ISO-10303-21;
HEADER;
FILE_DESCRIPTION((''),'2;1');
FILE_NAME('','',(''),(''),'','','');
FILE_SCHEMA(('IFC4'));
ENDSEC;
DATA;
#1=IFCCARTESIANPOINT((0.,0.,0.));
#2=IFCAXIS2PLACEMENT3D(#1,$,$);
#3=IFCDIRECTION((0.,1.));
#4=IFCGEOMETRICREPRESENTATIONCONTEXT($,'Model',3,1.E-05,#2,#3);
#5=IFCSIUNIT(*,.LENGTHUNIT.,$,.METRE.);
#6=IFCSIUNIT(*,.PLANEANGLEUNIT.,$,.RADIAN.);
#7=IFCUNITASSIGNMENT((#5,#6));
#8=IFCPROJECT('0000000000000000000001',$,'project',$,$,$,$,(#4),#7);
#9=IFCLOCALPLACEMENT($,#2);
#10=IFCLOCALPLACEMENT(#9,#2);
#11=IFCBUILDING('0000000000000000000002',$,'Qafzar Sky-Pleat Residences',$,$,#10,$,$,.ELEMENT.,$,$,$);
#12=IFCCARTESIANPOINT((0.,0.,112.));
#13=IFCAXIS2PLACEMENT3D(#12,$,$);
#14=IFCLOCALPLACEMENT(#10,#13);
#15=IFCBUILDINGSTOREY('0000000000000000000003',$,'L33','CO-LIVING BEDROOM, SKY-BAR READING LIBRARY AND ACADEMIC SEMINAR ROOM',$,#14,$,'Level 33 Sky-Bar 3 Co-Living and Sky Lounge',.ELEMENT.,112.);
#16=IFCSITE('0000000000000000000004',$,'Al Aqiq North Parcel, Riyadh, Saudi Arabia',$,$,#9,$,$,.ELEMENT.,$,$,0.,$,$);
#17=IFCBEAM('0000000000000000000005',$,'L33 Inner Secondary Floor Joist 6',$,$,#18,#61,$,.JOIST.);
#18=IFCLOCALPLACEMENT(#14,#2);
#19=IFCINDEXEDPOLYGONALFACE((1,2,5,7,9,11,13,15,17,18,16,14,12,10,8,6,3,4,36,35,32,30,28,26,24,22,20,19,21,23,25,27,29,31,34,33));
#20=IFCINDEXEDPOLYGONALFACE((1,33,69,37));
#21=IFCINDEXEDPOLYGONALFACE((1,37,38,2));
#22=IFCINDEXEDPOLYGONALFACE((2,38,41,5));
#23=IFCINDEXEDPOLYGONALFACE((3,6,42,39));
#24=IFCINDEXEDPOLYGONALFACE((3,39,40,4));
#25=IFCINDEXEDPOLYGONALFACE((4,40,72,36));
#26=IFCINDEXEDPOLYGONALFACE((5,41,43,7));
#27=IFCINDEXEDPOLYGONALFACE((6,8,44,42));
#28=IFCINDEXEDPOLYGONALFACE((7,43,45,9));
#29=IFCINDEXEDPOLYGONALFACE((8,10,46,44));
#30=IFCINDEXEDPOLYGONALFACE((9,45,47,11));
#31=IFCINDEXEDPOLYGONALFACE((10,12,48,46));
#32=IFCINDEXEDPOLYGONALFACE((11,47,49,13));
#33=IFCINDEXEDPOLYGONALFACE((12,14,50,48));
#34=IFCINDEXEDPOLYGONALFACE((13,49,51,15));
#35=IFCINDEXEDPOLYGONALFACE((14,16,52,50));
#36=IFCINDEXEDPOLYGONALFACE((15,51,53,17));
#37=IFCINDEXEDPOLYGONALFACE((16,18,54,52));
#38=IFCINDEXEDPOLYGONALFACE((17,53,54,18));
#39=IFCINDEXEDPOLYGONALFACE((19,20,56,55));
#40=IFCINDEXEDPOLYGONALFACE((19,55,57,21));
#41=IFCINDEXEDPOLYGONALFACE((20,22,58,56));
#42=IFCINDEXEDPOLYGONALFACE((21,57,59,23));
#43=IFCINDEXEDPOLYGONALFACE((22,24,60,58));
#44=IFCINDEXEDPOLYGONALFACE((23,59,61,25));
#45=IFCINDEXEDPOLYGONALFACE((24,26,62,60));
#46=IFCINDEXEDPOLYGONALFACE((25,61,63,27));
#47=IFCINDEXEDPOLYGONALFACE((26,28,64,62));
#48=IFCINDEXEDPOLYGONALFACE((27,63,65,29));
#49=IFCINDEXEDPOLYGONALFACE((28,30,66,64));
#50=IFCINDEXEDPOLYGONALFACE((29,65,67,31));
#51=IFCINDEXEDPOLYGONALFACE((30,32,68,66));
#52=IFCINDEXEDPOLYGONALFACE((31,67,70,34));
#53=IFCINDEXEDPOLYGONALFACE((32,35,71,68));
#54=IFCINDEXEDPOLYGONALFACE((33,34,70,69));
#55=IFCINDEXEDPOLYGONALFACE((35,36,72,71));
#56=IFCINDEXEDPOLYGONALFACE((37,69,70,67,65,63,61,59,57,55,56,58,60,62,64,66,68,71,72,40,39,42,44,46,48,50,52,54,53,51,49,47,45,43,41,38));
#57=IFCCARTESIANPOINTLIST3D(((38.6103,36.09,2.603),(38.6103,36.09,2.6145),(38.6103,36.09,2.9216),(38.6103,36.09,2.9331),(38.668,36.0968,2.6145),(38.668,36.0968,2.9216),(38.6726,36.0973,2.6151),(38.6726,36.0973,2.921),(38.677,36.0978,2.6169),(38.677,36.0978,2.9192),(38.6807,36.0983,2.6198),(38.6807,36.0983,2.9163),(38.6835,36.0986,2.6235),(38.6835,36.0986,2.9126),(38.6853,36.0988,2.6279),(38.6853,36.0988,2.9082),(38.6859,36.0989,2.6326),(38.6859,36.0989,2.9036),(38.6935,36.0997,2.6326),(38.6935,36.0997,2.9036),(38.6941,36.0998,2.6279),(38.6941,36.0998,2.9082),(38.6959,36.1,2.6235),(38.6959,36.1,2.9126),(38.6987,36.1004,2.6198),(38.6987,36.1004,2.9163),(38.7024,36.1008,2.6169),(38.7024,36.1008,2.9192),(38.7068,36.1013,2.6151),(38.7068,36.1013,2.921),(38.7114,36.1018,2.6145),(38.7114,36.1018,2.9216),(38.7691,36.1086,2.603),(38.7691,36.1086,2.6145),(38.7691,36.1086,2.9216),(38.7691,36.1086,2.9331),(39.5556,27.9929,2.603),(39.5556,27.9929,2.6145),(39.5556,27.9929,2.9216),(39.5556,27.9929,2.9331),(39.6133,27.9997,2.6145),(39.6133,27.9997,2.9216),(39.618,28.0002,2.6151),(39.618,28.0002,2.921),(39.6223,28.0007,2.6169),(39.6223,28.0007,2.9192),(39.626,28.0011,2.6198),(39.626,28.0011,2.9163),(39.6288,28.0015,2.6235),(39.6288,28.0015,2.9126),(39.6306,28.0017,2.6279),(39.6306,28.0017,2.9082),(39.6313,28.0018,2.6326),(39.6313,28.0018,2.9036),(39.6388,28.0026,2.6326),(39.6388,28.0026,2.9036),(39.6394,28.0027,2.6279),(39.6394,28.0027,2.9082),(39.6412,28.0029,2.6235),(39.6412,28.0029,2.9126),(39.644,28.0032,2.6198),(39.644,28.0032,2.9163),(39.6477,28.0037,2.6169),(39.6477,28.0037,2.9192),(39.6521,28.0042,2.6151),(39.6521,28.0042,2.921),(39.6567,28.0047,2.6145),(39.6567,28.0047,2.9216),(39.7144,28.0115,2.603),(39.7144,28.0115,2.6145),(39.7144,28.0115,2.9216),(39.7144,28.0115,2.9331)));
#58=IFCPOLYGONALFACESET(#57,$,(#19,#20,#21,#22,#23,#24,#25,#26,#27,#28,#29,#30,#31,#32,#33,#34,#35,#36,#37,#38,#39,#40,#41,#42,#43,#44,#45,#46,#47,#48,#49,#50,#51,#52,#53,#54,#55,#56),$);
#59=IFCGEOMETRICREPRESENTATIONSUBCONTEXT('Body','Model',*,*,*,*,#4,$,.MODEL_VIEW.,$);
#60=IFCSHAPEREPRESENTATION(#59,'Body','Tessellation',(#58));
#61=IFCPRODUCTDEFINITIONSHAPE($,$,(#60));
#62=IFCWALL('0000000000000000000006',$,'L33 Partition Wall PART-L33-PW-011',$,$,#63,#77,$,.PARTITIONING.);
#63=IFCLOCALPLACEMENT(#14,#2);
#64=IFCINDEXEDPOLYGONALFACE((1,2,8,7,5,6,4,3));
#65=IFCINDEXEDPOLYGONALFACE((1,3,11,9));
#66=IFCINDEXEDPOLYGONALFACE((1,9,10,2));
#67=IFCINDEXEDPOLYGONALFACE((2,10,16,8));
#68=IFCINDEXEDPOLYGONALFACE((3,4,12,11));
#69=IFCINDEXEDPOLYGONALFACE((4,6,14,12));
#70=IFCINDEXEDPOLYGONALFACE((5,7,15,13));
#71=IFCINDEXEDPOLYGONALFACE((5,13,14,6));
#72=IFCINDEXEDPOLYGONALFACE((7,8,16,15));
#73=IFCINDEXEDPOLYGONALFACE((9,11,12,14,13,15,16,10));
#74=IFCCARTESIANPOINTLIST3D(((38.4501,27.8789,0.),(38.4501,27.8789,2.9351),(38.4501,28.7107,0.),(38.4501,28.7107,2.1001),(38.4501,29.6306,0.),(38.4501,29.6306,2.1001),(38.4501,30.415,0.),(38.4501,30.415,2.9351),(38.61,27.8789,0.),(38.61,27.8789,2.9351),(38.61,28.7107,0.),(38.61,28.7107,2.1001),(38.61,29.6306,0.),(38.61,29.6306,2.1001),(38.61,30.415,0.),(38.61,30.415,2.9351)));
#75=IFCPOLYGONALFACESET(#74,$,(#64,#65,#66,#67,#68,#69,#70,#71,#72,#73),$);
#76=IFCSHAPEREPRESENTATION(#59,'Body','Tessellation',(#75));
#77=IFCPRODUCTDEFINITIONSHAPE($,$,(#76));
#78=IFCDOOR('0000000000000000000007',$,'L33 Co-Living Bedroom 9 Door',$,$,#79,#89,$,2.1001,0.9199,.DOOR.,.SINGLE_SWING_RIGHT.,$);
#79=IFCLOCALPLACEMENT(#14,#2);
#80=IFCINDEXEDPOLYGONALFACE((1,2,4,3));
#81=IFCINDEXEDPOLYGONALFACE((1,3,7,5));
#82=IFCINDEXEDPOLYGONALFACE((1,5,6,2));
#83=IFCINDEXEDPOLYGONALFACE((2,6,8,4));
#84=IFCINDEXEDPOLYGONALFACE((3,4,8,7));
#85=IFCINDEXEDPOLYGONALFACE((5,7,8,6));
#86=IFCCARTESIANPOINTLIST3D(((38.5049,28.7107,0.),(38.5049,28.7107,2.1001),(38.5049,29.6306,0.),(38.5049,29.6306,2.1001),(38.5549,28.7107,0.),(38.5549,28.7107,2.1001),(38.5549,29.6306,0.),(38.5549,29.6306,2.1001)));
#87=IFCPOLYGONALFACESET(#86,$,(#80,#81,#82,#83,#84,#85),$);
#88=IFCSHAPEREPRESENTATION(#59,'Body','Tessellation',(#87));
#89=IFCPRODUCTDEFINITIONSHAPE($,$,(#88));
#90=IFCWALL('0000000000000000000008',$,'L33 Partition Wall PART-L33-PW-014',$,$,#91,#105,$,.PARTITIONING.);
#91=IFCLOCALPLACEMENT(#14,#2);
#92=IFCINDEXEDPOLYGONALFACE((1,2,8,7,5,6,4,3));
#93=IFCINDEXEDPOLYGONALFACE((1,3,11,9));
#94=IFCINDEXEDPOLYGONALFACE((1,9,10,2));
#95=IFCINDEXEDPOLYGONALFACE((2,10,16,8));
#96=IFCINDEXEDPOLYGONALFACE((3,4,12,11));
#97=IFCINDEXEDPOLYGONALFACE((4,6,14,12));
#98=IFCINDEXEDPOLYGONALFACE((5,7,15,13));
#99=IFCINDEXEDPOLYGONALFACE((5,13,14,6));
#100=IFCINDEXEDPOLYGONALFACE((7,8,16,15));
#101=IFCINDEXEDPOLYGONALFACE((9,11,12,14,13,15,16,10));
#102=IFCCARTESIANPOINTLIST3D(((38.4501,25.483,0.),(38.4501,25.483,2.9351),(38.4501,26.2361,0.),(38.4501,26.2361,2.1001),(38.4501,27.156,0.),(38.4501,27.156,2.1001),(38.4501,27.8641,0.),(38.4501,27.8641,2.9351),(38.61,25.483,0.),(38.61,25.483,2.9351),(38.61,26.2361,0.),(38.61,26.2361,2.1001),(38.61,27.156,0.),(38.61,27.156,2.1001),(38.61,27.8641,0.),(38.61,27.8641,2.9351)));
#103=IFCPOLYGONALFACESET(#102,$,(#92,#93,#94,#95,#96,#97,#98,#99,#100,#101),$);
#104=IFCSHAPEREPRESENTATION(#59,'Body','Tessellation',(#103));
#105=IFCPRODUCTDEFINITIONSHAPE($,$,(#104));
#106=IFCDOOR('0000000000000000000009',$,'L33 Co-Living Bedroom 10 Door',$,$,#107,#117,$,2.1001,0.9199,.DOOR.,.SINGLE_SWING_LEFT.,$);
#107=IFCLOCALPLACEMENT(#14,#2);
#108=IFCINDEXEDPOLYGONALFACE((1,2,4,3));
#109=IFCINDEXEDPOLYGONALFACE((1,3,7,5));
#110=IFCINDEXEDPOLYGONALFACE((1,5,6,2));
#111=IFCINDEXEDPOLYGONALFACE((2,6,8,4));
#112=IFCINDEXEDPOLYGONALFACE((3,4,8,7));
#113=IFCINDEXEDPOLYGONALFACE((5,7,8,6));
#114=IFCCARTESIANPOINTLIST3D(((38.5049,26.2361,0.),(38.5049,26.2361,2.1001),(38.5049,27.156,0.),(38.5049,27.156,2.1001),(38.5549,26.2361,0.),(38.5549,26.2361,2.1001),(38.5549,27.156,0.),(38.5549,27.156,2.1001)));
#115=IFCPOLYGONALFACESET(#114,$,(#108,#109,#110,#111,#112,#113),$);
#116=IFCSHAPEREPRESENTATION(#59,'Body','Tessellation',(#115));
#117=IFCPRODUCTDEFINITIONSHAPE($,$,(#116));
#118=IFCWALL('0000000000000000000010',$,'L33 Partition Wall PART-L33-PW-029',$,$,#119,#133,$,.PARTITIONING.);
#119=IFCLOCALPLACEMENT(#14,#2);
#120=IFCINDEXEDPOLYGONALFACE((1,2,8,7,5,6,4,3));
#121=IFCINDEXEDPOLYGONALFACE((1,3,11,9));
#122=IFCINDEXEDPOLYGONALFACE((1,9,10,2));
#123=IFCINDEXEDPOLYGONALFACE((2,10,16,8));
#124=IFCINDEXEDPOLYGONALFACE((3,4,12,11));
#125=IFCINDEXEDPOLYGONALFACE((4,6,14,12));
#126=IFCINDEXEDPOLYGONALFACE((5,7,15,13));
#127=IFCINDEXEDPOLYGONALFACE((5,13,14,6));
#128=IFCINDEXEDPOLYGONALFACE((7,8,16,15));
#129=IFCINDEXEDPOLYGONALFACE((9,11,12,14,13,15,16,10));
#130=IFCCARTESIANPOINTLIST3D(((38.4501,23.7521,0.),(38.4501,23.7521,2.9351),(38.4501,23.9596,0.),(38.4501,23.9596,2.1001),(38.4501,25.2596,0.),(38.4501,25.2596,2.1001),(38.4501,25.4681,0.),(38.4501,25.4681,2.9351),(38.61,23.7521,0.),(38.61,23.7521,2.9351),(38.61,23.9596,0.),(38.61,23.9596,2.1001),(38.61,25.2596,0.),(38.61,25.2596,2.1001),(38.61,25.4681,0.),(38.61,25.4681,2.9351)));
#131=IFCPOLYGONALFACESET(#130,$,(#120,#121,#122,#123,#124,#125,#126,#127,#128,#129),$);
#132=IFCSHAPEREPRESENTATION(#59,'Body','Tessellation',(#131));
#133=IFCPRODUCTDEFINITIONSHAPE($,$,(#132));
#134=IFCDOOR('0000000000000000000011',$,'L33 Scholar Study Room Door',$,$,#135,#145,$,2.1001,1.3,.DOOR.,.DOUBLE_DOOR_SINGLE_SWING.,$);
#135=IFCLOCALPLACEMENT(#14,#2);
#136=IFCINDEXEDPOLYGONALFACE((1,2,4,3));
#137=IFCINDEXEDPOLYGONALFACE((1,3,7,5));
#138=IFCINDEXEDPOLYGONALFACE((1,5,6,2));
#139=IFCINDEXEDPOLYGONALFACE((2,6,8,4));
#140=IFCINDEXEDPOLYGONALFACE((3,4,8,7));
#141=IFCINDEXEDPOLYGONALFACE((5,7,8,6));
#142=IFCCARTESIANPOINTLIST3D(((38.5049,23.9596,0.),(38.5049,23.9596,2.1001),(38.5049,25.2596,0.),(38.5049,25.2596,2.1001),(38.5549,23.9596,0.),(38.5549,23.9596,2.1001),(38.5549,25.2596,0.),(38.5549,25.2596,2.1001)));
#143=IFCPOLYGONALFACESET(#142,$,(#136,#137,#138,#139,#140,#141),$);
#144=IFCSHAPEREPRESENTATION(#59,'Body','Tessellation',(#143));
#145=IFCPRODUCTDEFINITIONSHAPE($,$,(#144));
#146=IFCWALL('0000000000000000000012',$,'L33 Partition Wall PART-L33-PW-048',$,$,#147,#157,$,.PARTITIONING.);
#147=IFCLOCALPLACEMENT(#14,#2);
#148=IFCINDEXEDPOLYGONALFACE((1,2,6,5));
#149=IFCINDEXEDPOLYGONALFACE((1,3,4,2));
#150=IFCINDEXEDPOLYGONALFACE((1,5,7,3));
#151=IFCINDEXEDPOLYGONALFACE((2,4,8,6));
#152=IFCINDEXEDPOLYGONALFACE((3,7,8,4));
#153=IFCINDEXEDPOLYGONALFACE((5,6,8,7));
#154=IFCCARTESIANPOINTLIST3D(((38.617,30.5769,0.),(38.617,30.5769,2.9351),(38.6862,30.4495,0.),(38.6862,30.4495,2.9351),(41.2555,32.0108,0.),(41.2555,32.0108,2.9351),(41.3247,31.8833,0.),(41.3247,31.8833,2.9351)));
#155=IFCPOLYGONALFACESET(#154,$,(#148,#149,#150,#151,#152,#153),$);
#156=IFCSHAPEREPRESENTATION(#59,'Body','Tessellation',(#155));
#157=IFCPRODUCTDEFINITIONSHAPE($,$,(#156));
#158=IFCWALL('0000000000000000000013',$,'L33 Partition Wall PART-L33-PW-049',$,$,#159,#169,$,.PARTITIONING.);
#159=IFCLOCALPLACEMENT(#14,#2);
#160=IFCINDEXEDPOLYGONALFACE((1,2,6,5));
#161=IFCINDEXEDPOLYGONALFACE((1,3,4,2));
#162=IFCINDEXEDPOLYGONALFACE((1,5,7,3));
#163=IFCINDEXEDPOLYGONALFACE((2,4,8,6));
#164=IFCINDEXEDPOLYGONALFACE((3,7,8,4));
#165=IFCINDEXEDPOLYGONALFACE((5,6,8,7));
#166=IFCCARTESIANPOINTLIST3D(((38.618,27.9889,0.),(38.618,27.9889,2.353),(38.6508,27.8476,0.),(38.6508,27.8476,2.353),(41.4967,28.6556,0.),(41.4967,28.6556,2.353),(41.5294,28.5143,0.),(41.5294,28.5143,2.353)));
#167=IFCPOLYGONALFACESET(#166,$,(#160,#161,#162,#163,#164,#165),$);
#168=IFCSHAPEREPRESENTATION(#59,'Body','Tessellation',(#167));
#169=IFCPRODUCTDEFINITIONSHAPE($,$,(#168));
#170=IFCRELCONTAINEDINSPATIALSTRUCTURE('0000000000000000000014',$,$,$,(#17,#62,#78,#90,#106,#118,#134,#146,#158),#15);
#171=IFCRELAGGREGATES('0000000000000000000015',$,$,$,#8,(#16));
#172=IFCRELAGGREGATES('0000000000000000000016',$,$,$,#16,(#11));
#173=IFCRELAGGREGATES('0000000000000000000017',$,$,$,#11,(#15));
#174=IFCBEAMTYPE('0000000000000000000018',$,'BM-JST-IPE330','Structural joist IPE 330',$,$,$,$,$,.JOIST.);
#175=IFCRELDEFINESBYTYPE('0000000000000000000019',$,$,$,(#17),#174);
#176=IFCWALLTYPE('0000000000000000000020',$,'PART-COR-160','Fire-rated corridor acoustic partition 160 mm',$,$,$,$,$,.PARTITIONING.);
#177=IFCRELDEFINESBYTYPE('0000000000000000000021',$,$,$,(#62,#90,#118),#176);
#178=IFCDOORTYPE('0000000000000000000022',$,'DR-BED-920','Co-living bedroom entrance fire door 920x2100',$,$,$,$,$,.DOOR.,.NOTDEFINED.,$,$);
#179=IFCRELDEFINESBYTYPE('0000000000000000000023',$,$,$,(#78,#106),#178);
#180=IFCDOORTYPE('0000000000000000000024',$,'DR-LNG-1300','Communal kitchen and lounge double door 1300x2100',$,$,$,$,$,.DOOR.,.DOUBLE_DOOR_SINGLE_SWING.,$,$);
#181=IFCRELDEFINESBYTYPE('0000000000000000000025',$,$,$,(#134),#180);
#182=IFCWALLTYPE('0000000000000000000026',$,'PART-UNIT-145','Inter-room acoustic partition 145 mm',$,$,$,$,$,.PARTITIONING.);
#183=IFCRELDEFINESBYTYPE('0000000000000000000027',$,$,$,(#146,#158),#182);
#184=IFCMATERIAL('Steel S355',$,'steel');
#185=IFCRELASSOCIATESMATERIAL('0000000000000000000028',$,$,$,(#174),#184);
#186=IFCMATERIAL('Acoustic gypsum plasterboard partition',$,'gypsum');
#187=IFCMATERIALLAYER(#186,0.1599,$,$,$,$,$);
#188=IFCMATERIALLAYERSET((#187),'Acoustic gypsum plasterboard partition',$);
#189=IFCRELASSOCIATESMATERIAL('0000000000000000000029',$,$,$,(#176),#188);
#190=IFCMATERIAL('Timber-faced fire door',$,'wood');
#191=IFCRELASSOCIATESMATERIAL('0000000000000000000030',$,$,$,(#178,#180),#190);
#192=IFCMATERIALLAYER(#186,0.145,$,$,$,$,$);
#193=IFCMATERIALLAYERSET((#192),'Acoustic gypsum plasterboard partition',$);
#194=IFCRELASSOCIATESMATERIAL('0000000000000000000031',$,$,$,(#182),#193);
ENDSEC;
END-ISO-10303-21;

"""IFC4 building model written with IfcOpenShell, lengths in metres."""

from ifc_helpers import new_model, si_unit, direction, frame, frame_2d, origin, origin_2d, place, context, subcontext, project, spatial, rectangle, i_section, extrude, source, transform, mapped, material, layer, layer_set, material_profile, profile_set, type_object, element, fill, save


model = new_model("IFC4")

# Units and contexts
model_context = context("Model", 3, precision=1e-05, world=origin(), true_north=direction((0.0, 1.0)))
body_context = subcontext(model_context, "Body", "Model", "MODEL_VIEW")
ifc_project = project(units=[si_unit("LENGTHUNIT", "METRE"), si_unit("PLANEANGLEUNIT", "RADIAN")], contexts=[model_context])

# Site, building, storey
site_placement = place(None, origin())
site = spatial("IfcSite", under=ifc_project, at=site_placement, Name="Al Aqiq North Parcel, Riyadh, Saudi Arabia", CompositionType="ELEMENT", RefElevation=0.0)
building_placement = place(site_placement, origin())
building = spatial("IfcBuilding", under=site, at=building_placement, Name="Qafzar Sky-Pleat Residences", CompositionType="ELEMENT")
storey_placement = place(building_placement, frame((0.0, 0.0, 112.0)))
storey = spatial("IfcBuildingStorey", under=building, at=storey_placement, Name="L33", Description="CO-LIVING BEDROOM, SKY-BAR READING LIBRARY AND ACADEMIC SEMINAR ROOM", LongName="Level 33 Sky-Bar 3 Co-Living and Sky Lounge", CompositionType="ELEMENT", Elevation=112.0)

# Beam
ifc_material_1 = material(Name="Steel S355", Category="steel")
ifc_material_profile = material_profile(ifc_material_1, i_section(OverallWidth=0.1599, OverallDepth=0.3301, WebThickness=0.0076, FlangeThickness=0.0115, FilletRadius=0.0181, at=origin_2d()), Name="IPE 330")
ifc_profile_set = profile_set([ifc_material_profile], Name="Steel S355")
beam_type = type_object("IfcBeamType", Name="BM-JST-IPE330", Description="Structural joist IPE 330", PredefinedType="JOIST", material=ifc_profile_set)
shared_shape_1 = source(origin(), body_context, "Body", "SweptSolid", [
    extrude(i_section(OverallWidth=0.1599, OverallDepth=0.3301, WebThickness=0.0076, FlangeThickness=0.0115, FilletRadius=0.0181, at=origin_2d()), origin(), (0.0, 0.0, 1.0), 8.1521),
])
beam_placement = place(storey_placement, frame((39.635, 28.0022, 2.7681), z_axis=(-0.115959, 0.993254, 0.0), x_axis=(-0.993254, -0.115959, 0.0)))
element("IfcBeam", 1, at=beam_placement, inside=storey, type_object=beam_type, Name="L33 Inner Secondary Floor Joist 6", PredefinedType="JOIST", context=body_context, shape_type="MappedRepresentation", body=[
    mapped(shared_shape_1, transform((0.0, 0.0, 0.0), x_axis=(1.0, 0.0, 0.0), y_axis=(0.0, 1.0, 0.0), z_axis=(0.0, 0.0, 1.0), scale=1.0)),
])

# Walls, openings, doors
ifc_material_2 = material(Name="Acoustic gypsum plasterboard partition", Category="gypsum")
ifc_layer_1 = layer(ifc_material_2, 0.1599)
ifc_layer_set_1 = layer_set([ifc_layer_1], Name="Acoustic gypsum plasterboard partition")
wall_type_1 = type_object("IfcWallType", Name="PART-COR-160", Description="Fire-rated corridor acoustic partition 160 mm", PredefinedType="PARTITIONING", material=ifc_layer_set_1)
wall_1_placement = place(storey_placement, frame((38.53, 30.415, 0.0), z_axis=(0.0, 0.0, 1.0), x_axis=(0.0, -1.0, 0.0)))
wall_1 = element("IfcWall", 2, at=wall_1_placement, inside=storey, type_object=wall_type_1, Name="L33 Partition Wall PART-L33-PW-011", PredefinedType="PARTITIONING", context=body_context, shape_type="SweptSolid", body=[
    extrude(rectangle(XDim=2.5361, YDim=0.1599, at=frame_2d((1.2681, 0.0))), origin(), (0.0, 0.0, 1.0), 2.9351),
])
opening_1_placement = place(wall_1_placement, frame((0.7844, 0.0, 0.0)))
opening_1 = element("IfcOpeningElement", 3, at=opening_1_placement, cuts=wall_1, PredefinedType="OPENING", context=body_context, shape_type="SweptSolid", body=[
    extrude(rectangle(XDim=0.9199, YDim=2.1001, at=frame_2d((0.46, 1.05))), frame((0.0, 0.0898, 0.0), z_axis=(0.0, -1.0, 0.0), x_axis=(1.0, 0.0, 0.0)), (0.0, 0.0, 1.0), 0.1799),
])
ifc_material_3 = material(Name="Timber-faced fire door", Category="wood")
door_type_1 = type_object("IfcDoorType", Name="DR-BED-920", Description="Co-living bedroom entrance fire door 920x2100", OperationType="NOTDEFINED", PredefinedType="DOOR", material=ifc_material_3)
shared_shape_2 = source(origin(), body_context, "Body", "SweptSolid", [
    extrude(rectangle(XDim=0.9199, YDim=2.1001, at=frame_2d((0.46, 1.05))), frame((0.0, 0.0249, 0.0), z_axis=(0.0, -1.0, 0.0), x_axis=(1.0, 0.0, 0.0)), (0.0, 0.0, 1.0), 0.05),
])
door_1_placement = place(opening_1_placement, origin())
door_1 = element("IfcDoor", 4, at=door_1_placement, inside=storey, type_object=door_type_1, Name="L33 Co-Living Bedroom 9 Door", OperationType="SINGLE_SWING_RIGHT", OverallHeight=2.1001, OverallWidth=0.9199, PredefinedType="DOOR", context=body_context, shape_type="MappedRepresentation", body=[
    mapped(shared_shape_2, transform((0.0, 0.0, 0.0), x_axis=(1.0, 0.0, 0.0), y_axis=(0.0, 1.0, 0.0), z_axis=(0.0, 0.0, 1.0), scale=1.0)),
])
fill(opening_1, door_1)
wall_2_placement = place(storey_placement, frame((38.53, 27.864, 0.0), z_axis=(0.0, 0.0, 1.0), x_axis=(0.0, -1.0, 0.0)))
wall_2 = element("IfcWall", 5, at=wall_2_placement, inside=storey, type_object=wall_type_1, Name="L33 Partition Wall PART-L33-PW-014", PredefinedType="PARTITIONING", context=body_context, shape_type="SweptSolid", body=[
    extrude(rectangle(XDim=2.3811, YDim=0.1599, at=frame_2d((1.1904, 0.0))), origin(), (0.0, 0.0, 1.0), 2.9351),
])
opening_2_placement = place(wall_2_placement, frame((0.708, 0.0, 0.0)))
opening_2 = element("IfcOpeningElement", 6, at=opening_2_placement, cuts=wall_2, PredefinedType="OPENING", context=body_context, shape_type="SweptSolid", body=[
    extrude(rectangle(XDim=0.9199, YDim=2.1001, at=frame_2d((0.46, 1.05))), frame((0.0, 0.0898, 0.0), z_axis=(0.0, -1.0, 0.0), x_axis=(1.0, 0.0, 0.0)), (0.0, 0.0, 1.0), 0.1799),
])
door_2_placement = place(opening_2_placement, origin())
door_2 = element("IfcDoor", 7, at=door_2_placement, inside=storey, type_object=door_type_1, Name="L33 Co-Living Bedroom 10 Door", OperationType="SINGLE_SWING_LEFT", OverallHeight=2.1001, OverallWidth=0.9199, PredefinedType="DOOR", context=body_context, shape_type="MappedRepresentation", body=[
    mapped(shared_shape_2, transform((0.0, 0.0, 0.0), x_axis=(1.0, 0.0, 0.0), y_axis=(0.0, 1.0, 0.0), z_axis=(0.0, 0.0, 1.0), scale=1.0)),
])
fill(opening_2, door_2)
wall_3_placement = place(storey_placement, frame((38.53, 25.468, 0.0), z_axis=(0.0, 0.0, 1.0), x_axis=(0.0, -1.0, 0.0)))
wall_3 = element("IfcWall", 8, at=wall_3_placement, inside=storey, type_object=wall_type_1, Name="L33 Partition Wall PART-L33-PW-029", PredefinedType="PARTITIONING", context=body_context, shape_type="SweptSolid", body=[
    extrude(rectangle(XDim=1.7161, YDim=0.1599, at=frame_2d((0.8579, 0.0))), origin(), (0.0, 0.0, 1.0), 2.9351),
])
opening_3_placement = place(wall_3_placement, frame((0.2085, 0.0, 0.0)))
opening_3 = element("IfcOpeningElement", 9, at=opening_3_placement, cuts=wall_3, PredefinedType="OPENING", context=body_context, shape_type="SweptSolid", body=[
    extrude(rectangle(XDim=1.3, YDim=2.1001, at=frame_2d((0.6499, 1.05))), frame((0.0, 0.0898, 0.0), z_axis=(0.0, -1.0, 0.0), x_axis=(1.0, 0.0, 0.0)), (0.0, 0.0, 1.0), 0.1799),
])
door_type_2 = type_object("IfcDoorType", Name="DR-LNG-1300", Description="Communal kitchen and lounge double door 1300x2100", OperationType="DOUBLE_DOOR_SINGLE_SWING", PredefinedType="DOOR", material=ifc_material_3)
shared_shape_3 = source(origin(), body_context, "Body", "SweptSolid", [
    extrude(rectangle(XDim=1.3, YDim=2.1001, at=frame_2d((0.6499, 1.05))), frame((0.0, 0.0249, 0.0), z_axis=(0.0, -1.0, 0.0), x_axis=(1.0, 0.0, 0.0)), (0.0, 0.0, 1.0), 0.05),
])
door_3_placement = place(opening_3_placement, origin())
door_3 = element("IfcDoor", 10, at=door_3_placement, inside=storey, type_object=door_type_2, Name="L33 Scholar Study Room Door", OperationType="DOUBLE_DOOR_SINGLE_SWING", OverallHeight=2.1001, OverallWidth=1.3, PredefinedType="DOOR", context=body_context, shape_type="MappedRepresentation", body=[
    mapped(shared_shape_3, transform((0.0, 0.0, 0.0), x_axis=(1.0, 0.0, 0.0), y_axis=(0.0, 1.0, 0.0), z_axis=(0.0, 0.0, 1.0), scale=1.0)),
])
fill(opening_3, door_3)

# Walls
ifc_layer_2 = layer(ifc_material_2, 0.145)
ifc_layer_set_2 = layer_set([ifc_layer_2], Name="Acoustic gypsum plasterboard partition")
wall_type_2 = type_object("IfcWallType", Name="PART-UNIT-145", Description="Inter-room acoustic partition 145 mm", PredefinedType="PARTITIONING", material=ifc_layer_set_2)
wall_4_placement = place(storey_placement, frame((38.6516, 30.5132, 0.0), z_axis=(0.0, 0.0, 1.0), x_axis=(0.878637, 0.47749, 0.0)))
element("IfcWall", 11, at=wall_4_placement, inside=storey, type_object=wall_type_2, Name="L33 Partition Wall PART-L33-PW-048", PredefinedType="PARTITIONING", context=body_context, shape_type="SweptSolid", body=[
    extrude(rectangle(XDim=3.0029, YDim=0.145, at=frame_2d((1.5015, 0.0))), origin(), (0.0, 0.0, 1.0), 2.9351),
])
wall_5_placement = place(storey_placement, frame((38.6343, 27.9182, 0.0), z_axis=(0.0, 0.0, 1.0), x_axis=(0.97421, 0.225644, 0.0)))
element("IfcWall", 12, at=wall_5_placement, inside=storey, type_object=wall_type_2, Name="L33 Partition Wall PART-L33-PW-049", PredefinedType="PARTITIONING", context=body_context, shape_type="SweptSolid", body=[
    extrude(rectangle(XDim=2.9548, YDim=0.145, at=frame_2d((1.4775, 0.0))), origin(), (0.0, 0.0, 1.0), 2.353),
])

save(model, "model.ifc")
